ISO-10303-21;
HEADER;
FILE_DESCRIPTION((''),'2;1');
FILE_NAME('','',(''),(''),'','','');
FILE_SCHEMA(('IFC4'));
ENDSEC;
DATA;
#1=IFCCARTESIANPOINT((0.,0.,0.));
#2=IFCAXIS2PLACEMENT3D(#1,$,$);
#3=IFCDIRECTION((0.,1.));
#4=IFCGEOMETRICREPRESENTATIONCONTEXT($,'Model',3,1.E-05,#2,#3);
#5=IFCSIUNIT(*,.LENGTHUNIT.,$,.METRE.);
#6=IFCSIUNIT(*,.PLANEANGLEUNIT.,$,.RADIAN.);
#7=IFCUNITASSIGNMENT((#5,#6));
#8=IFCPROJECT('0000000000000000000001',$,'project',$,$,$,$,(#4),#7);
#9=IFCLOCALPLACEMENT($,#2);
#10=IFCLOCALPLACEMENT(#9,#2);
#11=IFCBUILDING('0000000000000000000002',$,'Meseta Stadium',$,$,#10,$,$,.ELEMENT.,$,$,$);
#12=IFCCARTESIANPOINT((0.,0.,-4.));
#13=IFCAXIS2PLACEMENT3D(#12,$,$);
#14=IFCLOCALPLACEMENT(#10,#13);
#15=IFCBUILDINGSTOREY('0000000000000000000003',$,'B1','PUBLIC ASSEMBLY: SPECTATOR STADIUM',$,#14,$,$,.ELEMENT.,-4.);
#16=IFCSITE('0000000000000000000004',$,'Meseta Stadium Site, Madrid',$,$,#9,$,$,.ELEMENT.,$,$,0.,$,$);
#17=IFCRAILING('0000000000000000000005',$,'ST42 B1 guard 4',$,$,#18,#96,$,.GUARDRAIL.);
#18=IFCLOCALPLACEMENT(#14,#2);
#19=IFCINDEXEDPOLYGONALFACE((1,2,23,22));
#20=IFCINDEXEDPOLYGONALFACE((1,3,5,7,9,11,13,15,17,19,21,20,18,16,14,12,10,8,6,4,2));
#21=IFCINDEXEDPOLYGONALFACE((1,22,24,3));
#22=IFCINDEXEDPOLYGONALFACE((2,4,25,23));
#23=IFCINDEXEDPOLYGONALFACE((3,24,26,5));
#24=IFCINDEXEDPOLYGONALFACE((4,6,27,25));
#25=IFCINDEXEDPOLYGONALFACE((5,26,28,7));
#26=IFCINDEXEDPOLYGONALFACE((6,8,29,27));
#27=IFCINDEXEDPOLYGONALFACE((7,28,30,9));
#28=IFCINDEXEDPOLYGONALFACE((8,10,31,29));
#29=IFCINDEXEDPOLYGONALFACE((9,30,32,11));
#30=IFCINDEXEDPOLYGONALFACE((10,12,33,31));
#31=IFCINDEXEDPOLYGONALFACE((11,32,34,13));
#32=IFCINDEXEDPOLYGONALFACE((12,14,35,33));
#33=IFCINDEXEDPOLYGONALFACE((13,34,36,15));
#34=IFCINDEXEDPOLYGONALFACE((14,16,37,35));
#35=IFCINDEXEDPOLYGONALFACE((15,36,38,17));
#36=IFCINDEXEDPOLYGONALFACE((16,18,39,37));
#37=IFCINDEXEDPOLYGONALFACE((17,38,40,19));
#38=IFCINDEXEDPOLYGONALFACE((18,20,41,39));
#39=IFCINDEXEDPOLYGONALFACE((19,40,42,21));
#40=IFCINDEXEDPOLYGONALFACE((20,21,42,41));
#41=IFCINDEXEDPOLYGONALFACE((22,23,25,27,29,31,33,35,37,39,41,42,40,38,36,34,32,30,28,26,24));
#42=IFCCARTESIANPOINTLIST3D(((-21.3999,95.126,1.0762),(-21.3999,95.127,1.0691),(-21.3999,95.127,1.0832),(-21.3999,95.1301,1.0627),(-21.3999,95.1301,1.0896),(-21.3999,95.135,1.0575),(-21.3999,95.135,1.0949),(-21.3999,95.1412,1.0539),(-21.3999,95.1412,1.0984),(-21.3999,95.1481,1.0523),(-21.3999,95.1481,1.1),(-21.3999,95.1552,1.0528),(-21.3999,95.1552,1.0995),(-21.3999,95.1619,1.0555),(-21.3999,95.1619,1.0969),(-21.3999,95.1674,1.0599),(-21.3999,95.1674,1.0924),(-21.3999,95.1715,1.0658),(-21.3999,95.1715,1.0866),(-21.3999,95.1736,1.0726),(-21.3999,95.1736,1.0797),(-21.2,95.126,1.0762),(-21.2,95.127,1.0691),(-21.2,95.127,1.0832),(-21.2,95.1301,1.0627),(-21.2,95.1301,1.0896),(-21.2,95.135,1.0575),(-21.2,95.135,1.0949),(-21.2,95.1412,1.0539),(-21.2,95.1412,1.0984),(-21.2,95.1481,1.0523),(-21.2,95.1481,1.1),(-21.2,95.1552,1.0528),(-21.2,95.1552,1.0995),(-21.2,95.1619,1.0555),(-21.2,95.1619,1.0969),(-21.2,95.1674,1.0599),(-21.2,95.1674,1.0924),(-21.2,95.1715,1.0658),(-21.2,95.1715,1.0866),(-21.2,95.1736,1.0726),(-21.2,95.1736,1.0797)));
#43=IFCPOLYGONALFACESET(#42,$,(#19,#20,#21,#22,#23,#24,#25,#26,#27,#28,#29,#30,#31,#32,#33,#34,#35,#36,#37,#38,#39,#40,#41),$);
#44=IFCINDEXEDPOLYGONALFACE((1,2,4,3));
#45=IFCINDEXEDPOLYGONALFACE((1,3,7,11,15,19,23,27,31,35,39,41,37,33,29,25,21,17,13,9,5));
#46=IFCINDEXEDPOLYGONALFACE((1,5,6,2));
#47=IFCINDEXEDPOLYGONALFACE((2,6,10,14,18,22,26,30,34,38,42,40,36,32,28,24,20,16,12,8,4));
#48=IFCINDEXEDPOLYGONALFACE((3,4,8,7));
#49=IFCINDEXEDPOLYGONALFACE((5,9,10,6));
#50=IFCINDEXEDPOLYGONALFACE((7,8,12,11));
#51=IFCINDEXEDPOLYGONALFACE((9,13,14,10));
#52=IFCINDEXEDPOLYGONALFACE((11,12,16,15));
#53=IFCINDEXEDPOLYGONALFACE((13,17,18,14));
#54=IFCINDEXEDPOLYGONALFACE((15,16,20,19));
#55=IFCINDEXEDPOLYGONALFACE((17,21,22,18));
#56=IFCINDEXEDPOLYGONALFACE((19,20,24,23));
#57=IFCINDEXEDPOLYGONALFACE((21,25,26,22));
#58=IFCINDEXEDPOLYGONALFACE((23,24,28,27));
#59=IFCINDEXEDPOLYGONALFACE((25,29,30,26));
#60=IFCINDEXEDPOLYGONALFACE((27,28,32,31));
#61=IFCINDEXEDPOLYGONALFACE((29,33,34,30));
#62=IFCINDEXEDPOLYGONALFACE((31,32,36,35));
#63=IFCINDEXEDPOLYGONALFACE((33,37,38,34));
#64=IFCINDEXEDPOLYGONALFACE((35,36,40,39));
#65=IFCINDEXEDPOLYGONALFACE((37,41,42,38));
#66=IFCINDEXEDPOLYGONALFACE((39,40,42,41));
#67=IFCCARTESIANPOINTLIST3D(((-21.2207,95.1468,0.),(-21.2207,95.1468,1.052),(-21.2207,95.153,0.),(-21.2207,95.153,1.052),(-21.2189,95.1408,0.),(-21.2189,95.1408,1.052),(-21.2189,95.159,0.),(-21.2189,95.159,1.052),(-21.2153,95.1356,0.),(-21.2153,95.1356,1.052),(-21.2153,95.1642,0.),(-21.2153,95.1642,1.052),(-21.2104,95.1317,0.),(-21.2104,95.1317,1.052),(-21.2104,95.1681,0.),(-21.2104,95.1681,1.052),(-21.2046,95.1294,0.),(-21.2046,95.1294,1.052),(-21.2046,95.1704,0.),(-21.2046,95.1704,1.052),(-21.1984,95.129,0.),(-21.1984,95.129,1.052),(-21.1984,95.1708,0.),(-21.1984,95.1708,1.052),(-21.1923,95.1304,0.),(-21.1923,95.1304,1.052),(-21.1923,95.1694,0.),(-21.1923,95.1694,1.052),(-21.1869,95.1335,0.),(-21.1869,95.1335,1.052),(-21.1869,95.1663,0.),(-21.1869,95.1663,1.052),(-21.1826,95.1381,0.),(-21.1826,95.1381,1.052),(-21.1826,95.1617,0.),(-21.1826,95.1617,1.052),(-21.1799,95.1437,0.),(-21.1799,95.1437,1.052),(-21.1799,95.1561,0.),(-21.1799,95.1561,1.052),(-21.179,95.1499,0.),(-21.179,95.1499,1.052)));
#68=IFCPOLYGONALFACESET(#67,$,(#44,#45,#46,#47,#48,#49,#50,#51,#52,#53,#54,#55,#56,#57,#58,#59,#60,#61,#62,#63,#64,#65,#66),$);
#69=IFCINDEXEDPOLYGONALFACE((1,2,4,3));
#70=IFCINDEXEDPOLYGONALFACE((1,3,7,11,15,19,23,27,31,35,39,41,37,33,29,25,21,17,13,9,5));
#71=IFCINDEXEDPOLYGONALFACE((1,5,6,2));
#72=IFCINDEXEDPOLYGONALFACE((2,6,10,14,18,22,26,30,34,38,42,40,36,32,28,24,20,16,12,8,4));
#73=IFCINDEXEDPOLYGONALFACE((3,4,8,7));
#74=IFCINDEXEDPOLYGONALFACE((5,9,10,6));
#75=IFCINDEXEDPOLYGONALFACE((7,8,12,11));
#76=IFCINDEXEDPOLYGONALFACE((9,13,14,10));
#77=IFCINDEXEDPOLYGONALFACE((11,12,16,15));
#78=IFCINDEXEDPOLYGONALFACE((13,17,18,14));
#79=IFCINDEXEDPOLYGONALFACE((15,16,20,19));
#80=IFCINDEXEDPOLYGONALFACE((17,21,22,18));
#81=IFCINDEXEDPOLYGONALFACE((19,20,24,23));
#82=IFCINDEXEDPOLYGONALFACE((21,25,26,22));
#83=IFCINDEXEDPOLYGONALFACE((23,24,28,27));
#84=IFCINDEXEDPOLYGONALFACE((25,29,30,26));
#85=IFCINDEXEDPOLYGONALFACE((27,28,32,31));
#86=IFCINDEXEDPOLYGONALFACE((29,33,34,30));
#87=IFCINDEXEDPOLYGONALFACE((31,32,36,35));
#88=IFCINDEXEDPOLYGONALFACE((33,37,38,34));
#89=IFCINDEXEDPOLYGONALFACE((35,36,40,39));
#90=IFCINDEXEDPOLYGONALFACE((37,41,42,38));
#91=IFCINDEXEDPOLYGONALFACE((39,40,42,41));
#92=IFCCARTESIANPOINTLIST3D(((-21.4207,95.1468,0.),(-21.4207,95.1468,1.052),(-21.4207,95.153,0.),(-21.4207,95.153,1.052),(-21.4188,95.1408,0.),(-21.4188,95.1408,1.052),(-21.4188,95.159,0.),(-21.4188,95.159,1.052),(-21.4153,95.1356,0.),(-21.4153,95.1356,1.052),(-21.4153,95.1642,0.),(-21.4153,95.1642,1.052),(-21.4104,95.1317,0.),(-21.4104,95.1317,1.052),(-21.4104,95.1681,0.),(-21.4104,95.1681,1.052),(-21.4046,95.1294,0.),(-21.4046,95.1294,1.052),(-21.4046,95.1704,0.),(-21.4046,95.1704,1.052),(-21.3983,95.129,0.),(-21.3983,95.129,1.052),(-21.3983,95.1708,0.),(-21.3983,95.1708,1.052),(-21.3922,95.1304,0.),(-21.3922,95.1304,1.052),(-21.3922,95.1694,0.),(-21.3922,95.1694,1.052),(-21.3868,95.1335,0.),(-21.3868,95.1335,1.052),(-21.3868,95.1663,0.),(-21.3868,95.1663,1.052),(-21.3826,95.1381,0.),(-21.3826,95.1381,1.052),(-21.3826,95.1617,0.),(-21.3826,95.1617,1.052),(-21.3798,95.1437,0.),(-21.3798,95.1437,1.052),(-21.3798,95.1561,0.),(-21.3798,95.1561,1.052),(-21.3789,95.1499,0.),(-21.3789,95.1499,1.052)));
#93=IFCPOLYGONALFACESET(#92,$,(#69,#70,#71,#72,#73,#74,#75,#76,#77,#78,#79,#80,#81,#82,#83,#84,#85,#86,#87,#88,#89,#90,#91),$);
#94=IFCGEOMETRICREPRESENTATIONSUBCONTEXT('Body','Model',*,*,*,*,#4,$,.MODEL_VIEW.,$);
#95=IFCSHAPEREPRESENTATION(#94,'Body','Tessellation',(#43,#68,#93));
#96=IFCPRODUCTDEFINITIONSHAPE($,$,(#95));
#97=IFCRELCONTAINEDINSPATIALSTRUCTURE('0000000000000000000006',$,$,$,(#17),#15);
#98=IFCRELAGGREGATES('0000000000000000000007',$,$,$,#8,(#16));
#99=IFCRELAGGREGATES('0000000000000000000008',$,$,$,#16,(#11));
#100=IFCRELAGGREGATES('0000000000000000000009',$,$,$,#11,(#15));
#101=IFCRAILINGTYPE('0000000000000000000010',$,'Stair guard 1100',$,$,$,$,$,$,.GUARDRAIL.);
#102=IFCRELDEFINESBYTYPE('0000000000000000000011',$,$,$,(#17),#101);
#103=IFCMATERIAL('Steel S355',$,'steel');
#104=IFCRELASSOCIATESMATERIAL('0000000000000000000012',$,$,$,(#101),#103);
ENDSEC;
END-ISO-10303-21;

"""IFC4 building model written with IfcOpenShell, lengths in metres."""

from ifc_helpers import new_model, si_unit, direction, frame, origin, origin_2d, place, context, subcontext, project, spatial, circle, extrude, material, type_object, element, save


model = new_model("IFC4")

# Units and contexts
model_context = context("Model", 3, precision=1e-05, world=origin(), true_north=direction((0.0, 1.0)))
body_context = subcontext(model_context, "Body", "Model", "MODEL_VIEW")
ifc_project = project(units=[si_unit("LENGTHUNIT", "METRE"), si_unit("PLANEANGLEUNIT", "RADIAN")], contexts=[model_context])

# Site, building, storey
site_placement = place(None, origin())
site = spatial("IfcSite", under=ifc_project, at=site_placement, Name="Meseta Stadium Site, Madrid", CompositionType="ELEMENT", RefElevation=0.0)
building_placement = place(site_placement, origin())
building = spatial("IfcBuilding", under=site, at=building_placement, Name="Meseta Stadium", CompositionType="ELEMENT")
storey_placement = place(building_placement, frame((0.0, 0.0, -4.0)))
storey = spatial("IfcBuildingStorey", under=building, at=storey_placement, Name="B1", Description="PUBLIC ASSEMBLY: SPECTATOR STADIUM", CompositionType="ELEMENT", Elevation=-4.0)

# Railing
ifc_material_1 = material(Name="Steel S355", Category="steel")
railing_type_1 = type_object("IfcRailingType", Name="Stair guard 1100", PredefinedType="GUARDRAIL", material=ifc_material_1)
railing_1_placement = place(storey_placement, frame((-21.2, 95.1499, 0.0)))
element("IfcRailing", 1, at=railing_1_placement, inside=storey, type_object=railing_type_1, Name="ST42 B1 guard 4", PredefinedType="GUARDRAIL", context=body_context, shape_type="SweptSolid", body=[
    extrude(circle(Radius=0.0239, at=origin_2d()), frame((0.0, 0.0, 1.0762), z_axis=(-1.0, 0.0, 0.0), x_axis=(0.0, -1.0, 0.0)), (0.0, 0.0, 1.0), 0.2),
    extrude(circle(Radius=0.021, at=origin_2d()), origin(), (0.0, 0.0, 1.0), 1.052),
    extrude(circle(Radius=0.021, at=origin_2d()), frame((-0.2, 0.0, 0.0)), (0.0, 0.0, 1.0), 1.052),
])

save(model, "model.ifc")
